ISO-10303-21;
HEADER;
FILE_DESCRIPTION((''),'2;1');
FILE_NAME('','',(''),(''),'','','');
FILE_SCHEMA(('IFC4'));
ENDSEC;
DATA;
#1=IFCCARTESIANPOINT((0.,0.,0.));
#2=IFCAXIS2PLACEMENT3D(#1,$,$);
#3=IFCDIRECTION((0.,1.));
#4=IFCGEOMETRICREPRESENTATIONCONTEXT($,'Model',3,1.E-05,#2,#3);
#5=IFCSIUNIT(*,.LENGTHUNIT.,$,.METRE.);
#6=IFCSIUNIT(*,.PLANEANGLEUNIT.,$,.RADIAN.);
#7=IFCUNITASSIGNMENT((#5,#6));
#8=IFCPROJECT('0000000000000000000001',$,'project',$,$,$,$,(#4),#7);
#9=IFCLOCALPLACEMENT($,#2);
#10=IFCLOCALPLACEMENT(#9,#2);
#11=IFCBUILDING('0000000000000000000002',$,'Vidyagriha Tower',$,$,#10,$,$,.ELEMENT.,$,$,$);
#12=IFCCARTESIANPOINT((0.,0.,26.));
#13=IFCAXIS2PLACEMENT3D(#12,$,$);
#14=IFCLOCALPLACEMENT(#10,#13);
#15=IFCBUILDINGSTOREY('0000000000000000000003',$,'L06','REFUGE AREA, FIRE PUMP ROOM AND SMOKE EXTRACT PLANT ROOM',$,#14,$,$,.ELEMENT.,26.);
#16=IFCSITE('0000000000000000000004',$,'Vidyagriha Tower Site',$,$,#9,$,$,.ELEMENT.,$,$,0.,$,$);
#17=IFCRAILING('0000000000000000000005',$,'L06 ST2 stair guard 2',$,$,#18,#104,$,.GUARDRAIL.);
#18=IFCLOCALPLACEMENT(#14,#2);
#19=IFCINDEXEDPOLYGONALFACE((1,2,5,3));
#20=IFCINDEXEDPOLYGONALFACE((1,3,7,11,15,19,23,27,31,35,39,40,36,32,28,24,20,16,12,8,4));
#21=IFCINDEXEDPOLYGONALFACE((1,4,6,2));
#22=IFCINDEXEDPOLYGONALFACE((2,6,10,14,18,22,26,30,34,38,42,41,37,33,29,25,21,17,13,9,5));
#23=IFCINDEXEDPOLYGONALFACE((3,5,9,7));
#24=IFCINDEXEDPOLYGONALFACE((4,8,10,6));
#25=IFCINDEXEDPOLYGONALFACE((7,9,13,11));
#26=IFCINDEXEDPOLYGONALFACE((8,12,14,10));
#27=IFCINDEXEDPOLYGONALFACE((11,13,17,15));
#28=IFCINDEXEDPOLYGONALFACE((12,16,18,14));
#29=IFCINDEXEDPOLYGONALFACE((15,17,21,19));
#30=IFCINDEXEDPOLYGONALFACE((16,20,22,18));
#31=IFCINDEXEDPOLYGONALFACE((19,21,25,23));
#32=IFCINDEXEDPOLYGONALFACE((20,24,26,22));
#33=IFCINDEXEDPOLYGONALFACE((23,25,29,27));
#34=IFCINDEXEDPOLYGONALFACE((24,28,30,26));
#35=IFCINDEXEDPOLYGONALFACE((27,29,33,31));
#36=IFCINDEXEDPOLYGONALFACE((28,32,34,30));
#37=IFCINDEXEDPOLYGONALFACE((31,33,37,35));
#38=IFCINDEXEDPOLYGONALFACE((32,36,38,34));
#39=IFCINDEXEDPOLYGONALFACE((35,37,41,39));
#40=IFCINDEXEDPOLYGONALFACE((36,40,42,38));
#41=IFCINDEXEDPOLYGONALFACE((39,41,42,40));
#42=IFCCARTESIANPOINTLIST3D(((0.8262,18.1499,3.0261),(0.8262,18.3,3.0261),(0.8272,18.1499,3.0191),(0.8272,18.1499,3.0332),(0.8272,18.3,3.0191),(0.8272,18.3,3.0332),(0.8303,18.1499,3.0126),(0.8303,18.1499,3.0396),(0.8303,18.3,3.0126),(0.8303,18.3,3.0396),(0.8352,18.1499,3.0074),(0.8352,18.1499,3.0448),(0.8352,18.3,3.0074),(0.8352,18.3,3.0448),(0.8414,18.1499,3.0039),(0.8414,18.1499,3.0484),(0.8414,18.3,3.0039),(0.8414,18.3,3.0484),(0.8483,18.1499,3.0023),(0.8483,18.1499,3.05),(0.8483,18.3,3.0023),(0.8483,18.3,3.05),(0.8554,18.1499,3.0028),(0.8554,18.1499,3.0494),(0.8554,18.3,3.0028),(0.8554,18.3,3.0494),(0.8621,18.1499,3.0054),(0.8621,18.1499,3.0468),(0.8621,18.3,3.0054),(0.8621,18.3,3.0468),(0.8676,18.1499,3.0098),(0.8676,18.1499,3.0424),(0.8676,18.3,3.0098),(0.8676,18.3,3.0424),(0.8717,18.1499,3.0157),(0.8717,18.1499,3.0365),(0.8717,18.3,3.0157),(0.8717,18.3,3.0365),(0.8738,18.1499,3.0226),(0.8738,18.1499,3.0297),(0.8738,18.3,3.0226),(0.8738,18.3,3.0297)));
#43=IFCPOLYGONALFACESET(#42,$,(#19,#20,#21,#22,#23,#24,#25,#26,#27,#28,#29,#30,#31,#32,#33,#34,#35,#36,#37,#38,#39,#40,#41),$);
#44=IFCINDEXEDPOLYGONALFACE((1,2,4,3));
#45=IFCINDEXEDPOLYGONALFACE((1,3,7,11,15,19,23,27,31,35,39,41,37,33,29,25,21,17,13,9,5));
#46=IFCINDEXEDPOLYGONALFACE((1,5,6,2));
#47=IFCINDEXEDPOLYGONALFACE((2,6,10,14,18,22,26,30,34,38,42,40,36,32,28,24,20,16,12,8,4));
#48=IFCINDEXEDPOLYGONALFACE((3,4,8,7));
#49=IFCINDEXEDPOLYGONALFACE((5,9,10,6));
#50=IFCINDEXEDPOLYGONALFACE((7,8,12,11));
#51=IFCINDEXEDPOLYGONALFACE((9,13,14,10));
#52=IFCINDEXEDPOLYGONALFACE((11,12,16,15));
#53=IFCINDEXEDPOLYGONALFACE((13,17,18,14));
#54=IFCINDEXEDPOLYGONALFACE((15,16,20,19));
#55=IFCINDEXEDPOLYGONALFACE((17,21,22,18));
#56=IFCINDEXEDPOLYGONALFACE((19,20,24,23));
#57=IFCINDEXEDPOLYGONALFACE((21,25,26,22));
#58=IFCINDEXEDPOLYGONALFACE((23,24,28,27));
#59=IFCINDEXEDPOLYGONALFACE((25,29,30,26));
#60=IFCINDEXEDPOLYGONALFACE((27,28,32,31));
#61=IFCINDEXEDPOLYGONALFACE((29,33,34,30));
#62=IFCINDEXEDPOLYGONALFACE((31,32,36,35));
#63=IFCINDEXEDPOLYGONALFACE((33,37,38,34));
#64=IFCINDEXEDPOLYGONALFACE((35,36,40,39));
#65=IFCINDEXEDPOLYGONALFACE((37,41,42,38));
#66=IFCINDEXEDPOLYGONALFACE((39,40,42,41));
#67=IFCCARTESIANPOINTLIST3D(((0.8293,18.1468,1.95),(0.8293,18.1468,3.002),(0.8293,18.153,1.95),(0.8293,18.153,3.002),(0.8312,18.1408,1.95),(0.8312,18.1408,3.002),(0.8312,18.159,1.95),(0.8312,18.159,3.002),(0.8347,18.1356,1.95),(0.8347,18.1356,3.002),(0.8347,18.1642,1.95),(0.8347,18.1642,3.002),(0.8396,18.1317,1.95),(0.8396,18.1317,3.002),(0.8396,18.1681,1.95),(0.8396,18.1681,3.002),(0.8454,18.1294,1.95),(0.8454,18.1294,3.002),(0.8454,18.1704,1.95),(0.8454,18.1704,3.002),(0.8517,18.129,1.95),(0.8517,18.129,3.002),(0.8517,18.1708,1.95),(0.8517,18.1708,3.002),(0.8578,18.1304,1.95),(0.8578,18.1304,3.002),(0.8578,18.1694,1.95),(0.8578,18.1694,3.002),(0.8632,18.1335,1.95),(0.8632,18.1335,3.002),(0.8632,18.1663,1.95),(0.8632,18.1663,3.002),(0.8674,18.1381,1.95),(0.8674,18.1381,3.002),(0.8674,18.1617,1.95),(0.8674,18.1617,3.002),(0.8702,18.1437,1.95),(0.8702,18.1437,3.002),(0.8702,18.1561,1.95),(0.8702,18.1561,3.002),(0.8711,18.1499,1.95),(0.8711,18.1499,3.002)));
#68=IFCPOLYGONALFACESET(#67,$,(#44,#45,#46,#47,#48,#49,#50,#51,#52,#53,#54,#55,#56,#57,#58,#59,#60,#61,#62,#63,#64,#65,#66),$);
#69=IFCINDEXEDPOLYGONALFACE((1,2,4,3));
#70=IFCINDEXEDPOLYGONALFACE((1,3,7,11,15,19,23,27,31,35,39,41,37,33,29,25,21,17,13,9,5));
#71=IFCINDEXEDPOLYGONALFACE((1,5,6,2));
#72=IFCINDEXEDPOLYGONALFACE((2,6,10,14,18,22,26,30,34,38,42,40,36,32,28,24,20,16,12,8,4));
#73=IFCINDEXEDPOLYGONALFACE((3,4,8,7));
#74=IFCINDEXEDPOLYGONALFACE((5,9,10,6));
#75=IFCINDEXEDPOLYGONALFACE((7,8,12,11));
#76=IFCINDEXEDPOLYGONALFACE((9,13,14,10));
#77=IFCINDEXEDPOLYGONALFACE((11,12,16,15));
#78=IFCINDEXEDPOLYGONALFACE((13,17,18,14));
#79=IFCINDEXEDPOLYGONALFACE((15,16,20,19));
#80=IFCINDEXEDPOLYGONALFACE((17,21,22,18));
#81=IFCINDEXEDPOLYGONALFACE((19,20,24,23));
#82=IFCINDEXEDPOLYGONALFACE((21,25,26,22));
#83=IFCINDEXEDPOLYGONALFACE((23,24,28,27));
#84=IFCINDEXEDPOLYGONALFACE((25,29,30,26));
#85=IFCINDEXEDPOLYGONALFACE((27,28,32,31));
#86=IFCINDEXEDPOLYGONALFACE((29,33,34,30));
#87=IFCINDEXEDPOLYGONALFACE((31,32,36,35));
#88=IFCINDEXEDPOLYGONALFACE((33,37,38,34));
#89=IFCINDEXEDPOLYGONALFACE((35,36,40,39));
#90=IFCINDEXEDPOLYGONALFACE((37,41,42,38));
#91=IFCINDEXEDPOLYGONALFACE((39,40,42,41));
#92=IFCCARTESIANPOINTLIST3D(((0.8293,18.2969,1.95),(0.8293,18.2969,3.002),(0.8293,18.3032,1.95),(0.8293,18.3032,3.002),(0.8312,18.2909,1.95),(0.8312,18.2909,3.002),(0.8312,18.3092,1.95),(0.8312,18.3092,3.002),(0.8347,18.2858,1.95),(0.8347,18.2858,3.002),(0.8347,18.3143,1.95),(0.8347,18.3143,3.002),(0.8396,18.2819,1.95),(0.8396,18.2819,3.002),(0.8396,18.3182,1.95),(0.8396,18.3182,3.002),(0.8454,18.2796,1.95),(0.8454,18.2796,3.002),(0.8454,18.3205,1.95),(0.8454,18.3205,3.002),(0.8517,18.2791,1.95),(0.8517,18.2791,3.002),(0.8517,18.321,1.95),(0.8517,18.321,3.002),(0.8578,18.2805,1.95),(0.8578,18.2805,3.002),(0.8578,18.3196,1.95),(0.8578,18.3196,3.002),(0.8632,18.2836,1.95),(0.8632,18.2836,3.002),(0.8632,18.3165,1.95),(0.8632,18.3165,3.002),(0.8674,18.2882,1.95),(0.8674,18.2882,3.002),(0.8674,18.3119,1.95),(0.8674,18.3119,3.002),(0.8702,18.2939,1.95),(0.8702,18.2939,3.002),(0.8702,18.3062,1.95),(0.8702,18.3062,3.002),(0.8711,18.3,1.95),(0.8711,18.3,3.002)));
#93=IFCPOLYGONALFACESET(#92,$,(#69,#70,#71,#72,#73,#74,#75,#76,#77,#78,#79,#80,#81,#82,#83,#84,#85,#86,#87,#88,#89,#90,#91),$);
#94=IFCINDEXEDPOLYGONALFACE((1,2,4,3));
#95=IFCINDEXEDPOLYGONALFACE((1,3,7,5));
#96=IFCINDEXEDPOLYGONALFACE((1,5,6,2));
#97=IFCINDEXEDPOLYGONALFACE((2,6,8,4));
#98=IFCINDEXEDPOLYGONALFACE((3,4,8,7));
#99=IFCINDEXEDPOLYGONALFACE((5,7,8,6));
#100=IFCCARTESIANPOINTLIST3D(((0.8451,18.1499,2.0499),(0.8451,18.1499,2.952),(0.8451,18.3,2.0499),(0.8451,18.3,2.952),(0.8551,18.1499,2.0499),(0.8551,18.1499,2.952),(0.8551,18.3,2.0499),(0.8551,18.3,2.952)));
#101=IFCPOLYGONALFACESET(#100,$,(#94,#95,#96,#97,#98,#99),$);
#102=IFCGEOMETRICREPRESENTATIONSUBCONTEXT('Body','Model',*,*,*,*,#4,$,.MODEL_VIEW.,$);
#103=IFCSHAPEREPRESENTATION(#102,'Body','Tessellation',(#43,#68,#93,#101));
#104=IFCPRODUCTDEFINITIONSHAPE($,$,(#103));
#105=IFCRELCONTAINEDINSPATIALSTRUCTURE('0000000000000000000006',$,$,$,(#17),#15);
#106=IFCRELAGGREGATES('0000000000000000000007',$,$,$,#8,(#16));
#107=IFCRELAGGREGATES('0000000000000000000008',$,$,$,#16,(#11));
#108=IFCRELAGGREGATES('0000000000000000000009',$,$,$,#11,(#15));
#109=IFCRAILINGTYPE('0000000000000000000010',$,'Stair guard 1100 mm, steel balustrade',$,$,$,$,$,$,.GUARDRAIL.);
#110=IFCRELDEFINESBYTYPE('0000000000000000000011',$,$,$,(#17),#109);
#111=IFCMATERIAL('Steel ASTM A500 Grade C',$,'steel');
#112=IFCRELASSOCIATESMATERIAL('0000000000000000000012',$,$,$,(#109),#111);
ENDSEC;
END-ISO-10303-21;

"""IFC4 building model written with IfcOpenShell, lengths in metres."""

from ifc_helpers import new_model, si_unit, direction, frame, origin, origin_2d, place, context, subcontext, project, spatial, rectangle, circle, extrude, material, type_object, element, save


model = new_model("IFC4")

# Units and contexts
model_context = context("Model", 3, precision=1e-05, world=origin(), true_north=direction((0.0, 1.0)))
body_context = subcontext(model_context, "Body", "Model", "MODEL_VIEW")
ifc_project = project(units=[si_unit("LENGTHUNIT", "METRE"), si_unit("PLANEANGLEUNIT", "RADIAN")], contexts=[model_context])

# Site, building, storey
site_placement = place(None, origin())
site = spatial("IfcSite", under=ifc_project, at=site_placement, Name="Vidyagriha Tower Site", CompositionType="ELEMENT", RefElevation=0.0)
building_placement = place(site_placement, origin())
building = spatial("IfcBuilding", under=site, at=building_placement, Name="Vidyagriha Tower", CompositionType="ELEMENT")
storey_placement = place(building_placement, frame((0.0, 0.0, 26.0)))
storey = spatial("IfcBuildingStorey", under=building, at=storey_placement, Name="L06", Description="REFUGE AREA, FIRE PUMP ROOM AND SMOKE EXTRACT PLANT ROOM", CompositionType="ELEMENT", Elevation=26.0)

# Railing
ifc_material_1 = material(Name="Steel ASTM A500 Grade C", Category="steel")
railing_type_1 = type_object("IfcRailingType", Name="Stair guard 1100 mm, steel balustrade", PredefinedType="GUARDRAIL", material=ifc_material_1)
railing_1_placement = place(storey_placement, frame((0.8501, 18.1499, 1.95)))
element("IfcRailing", 1, at=railing_1_placement, inside=storey, type_object=railing_type_1, Name="L06 ST2 stair guard 2", PredefinedType="GUARDRAIL", context=body_context, shape_type="SweptSolid", body=[
    extrude(circle(Radius=0.0239, at=origin_2d()), frame((0.0, 0.0, 1.0762), z_axis=(0.0, 1.0, 0.0), x_axis=(-1.0, 0.0, 0.0)), (0.0, 0.0, 1.0), 0.1501),
    extrude(circle(Radius=0.021, at=origin_2d()), origin(), (0.0, 0.0, 1.0), 1.052),
    extrude(circle(Radius=0.021, at=origin_2d()), frame((0.0, 0.1501, 0.0)), (0.0, 0.0, 1.0), 1.052),
    extrude(rectangle(XDim=0.01, YDim=0.9021, at=origin_2d()), frame((0.0, 0.0, 0.551), z_axis=(0.0, 1.0, 0.0), x_axis=(-1.0, 0.0, 0.0)), (0.0, 0.0, 1.0), 0.1501),
])

save(model, "model.ifc")
